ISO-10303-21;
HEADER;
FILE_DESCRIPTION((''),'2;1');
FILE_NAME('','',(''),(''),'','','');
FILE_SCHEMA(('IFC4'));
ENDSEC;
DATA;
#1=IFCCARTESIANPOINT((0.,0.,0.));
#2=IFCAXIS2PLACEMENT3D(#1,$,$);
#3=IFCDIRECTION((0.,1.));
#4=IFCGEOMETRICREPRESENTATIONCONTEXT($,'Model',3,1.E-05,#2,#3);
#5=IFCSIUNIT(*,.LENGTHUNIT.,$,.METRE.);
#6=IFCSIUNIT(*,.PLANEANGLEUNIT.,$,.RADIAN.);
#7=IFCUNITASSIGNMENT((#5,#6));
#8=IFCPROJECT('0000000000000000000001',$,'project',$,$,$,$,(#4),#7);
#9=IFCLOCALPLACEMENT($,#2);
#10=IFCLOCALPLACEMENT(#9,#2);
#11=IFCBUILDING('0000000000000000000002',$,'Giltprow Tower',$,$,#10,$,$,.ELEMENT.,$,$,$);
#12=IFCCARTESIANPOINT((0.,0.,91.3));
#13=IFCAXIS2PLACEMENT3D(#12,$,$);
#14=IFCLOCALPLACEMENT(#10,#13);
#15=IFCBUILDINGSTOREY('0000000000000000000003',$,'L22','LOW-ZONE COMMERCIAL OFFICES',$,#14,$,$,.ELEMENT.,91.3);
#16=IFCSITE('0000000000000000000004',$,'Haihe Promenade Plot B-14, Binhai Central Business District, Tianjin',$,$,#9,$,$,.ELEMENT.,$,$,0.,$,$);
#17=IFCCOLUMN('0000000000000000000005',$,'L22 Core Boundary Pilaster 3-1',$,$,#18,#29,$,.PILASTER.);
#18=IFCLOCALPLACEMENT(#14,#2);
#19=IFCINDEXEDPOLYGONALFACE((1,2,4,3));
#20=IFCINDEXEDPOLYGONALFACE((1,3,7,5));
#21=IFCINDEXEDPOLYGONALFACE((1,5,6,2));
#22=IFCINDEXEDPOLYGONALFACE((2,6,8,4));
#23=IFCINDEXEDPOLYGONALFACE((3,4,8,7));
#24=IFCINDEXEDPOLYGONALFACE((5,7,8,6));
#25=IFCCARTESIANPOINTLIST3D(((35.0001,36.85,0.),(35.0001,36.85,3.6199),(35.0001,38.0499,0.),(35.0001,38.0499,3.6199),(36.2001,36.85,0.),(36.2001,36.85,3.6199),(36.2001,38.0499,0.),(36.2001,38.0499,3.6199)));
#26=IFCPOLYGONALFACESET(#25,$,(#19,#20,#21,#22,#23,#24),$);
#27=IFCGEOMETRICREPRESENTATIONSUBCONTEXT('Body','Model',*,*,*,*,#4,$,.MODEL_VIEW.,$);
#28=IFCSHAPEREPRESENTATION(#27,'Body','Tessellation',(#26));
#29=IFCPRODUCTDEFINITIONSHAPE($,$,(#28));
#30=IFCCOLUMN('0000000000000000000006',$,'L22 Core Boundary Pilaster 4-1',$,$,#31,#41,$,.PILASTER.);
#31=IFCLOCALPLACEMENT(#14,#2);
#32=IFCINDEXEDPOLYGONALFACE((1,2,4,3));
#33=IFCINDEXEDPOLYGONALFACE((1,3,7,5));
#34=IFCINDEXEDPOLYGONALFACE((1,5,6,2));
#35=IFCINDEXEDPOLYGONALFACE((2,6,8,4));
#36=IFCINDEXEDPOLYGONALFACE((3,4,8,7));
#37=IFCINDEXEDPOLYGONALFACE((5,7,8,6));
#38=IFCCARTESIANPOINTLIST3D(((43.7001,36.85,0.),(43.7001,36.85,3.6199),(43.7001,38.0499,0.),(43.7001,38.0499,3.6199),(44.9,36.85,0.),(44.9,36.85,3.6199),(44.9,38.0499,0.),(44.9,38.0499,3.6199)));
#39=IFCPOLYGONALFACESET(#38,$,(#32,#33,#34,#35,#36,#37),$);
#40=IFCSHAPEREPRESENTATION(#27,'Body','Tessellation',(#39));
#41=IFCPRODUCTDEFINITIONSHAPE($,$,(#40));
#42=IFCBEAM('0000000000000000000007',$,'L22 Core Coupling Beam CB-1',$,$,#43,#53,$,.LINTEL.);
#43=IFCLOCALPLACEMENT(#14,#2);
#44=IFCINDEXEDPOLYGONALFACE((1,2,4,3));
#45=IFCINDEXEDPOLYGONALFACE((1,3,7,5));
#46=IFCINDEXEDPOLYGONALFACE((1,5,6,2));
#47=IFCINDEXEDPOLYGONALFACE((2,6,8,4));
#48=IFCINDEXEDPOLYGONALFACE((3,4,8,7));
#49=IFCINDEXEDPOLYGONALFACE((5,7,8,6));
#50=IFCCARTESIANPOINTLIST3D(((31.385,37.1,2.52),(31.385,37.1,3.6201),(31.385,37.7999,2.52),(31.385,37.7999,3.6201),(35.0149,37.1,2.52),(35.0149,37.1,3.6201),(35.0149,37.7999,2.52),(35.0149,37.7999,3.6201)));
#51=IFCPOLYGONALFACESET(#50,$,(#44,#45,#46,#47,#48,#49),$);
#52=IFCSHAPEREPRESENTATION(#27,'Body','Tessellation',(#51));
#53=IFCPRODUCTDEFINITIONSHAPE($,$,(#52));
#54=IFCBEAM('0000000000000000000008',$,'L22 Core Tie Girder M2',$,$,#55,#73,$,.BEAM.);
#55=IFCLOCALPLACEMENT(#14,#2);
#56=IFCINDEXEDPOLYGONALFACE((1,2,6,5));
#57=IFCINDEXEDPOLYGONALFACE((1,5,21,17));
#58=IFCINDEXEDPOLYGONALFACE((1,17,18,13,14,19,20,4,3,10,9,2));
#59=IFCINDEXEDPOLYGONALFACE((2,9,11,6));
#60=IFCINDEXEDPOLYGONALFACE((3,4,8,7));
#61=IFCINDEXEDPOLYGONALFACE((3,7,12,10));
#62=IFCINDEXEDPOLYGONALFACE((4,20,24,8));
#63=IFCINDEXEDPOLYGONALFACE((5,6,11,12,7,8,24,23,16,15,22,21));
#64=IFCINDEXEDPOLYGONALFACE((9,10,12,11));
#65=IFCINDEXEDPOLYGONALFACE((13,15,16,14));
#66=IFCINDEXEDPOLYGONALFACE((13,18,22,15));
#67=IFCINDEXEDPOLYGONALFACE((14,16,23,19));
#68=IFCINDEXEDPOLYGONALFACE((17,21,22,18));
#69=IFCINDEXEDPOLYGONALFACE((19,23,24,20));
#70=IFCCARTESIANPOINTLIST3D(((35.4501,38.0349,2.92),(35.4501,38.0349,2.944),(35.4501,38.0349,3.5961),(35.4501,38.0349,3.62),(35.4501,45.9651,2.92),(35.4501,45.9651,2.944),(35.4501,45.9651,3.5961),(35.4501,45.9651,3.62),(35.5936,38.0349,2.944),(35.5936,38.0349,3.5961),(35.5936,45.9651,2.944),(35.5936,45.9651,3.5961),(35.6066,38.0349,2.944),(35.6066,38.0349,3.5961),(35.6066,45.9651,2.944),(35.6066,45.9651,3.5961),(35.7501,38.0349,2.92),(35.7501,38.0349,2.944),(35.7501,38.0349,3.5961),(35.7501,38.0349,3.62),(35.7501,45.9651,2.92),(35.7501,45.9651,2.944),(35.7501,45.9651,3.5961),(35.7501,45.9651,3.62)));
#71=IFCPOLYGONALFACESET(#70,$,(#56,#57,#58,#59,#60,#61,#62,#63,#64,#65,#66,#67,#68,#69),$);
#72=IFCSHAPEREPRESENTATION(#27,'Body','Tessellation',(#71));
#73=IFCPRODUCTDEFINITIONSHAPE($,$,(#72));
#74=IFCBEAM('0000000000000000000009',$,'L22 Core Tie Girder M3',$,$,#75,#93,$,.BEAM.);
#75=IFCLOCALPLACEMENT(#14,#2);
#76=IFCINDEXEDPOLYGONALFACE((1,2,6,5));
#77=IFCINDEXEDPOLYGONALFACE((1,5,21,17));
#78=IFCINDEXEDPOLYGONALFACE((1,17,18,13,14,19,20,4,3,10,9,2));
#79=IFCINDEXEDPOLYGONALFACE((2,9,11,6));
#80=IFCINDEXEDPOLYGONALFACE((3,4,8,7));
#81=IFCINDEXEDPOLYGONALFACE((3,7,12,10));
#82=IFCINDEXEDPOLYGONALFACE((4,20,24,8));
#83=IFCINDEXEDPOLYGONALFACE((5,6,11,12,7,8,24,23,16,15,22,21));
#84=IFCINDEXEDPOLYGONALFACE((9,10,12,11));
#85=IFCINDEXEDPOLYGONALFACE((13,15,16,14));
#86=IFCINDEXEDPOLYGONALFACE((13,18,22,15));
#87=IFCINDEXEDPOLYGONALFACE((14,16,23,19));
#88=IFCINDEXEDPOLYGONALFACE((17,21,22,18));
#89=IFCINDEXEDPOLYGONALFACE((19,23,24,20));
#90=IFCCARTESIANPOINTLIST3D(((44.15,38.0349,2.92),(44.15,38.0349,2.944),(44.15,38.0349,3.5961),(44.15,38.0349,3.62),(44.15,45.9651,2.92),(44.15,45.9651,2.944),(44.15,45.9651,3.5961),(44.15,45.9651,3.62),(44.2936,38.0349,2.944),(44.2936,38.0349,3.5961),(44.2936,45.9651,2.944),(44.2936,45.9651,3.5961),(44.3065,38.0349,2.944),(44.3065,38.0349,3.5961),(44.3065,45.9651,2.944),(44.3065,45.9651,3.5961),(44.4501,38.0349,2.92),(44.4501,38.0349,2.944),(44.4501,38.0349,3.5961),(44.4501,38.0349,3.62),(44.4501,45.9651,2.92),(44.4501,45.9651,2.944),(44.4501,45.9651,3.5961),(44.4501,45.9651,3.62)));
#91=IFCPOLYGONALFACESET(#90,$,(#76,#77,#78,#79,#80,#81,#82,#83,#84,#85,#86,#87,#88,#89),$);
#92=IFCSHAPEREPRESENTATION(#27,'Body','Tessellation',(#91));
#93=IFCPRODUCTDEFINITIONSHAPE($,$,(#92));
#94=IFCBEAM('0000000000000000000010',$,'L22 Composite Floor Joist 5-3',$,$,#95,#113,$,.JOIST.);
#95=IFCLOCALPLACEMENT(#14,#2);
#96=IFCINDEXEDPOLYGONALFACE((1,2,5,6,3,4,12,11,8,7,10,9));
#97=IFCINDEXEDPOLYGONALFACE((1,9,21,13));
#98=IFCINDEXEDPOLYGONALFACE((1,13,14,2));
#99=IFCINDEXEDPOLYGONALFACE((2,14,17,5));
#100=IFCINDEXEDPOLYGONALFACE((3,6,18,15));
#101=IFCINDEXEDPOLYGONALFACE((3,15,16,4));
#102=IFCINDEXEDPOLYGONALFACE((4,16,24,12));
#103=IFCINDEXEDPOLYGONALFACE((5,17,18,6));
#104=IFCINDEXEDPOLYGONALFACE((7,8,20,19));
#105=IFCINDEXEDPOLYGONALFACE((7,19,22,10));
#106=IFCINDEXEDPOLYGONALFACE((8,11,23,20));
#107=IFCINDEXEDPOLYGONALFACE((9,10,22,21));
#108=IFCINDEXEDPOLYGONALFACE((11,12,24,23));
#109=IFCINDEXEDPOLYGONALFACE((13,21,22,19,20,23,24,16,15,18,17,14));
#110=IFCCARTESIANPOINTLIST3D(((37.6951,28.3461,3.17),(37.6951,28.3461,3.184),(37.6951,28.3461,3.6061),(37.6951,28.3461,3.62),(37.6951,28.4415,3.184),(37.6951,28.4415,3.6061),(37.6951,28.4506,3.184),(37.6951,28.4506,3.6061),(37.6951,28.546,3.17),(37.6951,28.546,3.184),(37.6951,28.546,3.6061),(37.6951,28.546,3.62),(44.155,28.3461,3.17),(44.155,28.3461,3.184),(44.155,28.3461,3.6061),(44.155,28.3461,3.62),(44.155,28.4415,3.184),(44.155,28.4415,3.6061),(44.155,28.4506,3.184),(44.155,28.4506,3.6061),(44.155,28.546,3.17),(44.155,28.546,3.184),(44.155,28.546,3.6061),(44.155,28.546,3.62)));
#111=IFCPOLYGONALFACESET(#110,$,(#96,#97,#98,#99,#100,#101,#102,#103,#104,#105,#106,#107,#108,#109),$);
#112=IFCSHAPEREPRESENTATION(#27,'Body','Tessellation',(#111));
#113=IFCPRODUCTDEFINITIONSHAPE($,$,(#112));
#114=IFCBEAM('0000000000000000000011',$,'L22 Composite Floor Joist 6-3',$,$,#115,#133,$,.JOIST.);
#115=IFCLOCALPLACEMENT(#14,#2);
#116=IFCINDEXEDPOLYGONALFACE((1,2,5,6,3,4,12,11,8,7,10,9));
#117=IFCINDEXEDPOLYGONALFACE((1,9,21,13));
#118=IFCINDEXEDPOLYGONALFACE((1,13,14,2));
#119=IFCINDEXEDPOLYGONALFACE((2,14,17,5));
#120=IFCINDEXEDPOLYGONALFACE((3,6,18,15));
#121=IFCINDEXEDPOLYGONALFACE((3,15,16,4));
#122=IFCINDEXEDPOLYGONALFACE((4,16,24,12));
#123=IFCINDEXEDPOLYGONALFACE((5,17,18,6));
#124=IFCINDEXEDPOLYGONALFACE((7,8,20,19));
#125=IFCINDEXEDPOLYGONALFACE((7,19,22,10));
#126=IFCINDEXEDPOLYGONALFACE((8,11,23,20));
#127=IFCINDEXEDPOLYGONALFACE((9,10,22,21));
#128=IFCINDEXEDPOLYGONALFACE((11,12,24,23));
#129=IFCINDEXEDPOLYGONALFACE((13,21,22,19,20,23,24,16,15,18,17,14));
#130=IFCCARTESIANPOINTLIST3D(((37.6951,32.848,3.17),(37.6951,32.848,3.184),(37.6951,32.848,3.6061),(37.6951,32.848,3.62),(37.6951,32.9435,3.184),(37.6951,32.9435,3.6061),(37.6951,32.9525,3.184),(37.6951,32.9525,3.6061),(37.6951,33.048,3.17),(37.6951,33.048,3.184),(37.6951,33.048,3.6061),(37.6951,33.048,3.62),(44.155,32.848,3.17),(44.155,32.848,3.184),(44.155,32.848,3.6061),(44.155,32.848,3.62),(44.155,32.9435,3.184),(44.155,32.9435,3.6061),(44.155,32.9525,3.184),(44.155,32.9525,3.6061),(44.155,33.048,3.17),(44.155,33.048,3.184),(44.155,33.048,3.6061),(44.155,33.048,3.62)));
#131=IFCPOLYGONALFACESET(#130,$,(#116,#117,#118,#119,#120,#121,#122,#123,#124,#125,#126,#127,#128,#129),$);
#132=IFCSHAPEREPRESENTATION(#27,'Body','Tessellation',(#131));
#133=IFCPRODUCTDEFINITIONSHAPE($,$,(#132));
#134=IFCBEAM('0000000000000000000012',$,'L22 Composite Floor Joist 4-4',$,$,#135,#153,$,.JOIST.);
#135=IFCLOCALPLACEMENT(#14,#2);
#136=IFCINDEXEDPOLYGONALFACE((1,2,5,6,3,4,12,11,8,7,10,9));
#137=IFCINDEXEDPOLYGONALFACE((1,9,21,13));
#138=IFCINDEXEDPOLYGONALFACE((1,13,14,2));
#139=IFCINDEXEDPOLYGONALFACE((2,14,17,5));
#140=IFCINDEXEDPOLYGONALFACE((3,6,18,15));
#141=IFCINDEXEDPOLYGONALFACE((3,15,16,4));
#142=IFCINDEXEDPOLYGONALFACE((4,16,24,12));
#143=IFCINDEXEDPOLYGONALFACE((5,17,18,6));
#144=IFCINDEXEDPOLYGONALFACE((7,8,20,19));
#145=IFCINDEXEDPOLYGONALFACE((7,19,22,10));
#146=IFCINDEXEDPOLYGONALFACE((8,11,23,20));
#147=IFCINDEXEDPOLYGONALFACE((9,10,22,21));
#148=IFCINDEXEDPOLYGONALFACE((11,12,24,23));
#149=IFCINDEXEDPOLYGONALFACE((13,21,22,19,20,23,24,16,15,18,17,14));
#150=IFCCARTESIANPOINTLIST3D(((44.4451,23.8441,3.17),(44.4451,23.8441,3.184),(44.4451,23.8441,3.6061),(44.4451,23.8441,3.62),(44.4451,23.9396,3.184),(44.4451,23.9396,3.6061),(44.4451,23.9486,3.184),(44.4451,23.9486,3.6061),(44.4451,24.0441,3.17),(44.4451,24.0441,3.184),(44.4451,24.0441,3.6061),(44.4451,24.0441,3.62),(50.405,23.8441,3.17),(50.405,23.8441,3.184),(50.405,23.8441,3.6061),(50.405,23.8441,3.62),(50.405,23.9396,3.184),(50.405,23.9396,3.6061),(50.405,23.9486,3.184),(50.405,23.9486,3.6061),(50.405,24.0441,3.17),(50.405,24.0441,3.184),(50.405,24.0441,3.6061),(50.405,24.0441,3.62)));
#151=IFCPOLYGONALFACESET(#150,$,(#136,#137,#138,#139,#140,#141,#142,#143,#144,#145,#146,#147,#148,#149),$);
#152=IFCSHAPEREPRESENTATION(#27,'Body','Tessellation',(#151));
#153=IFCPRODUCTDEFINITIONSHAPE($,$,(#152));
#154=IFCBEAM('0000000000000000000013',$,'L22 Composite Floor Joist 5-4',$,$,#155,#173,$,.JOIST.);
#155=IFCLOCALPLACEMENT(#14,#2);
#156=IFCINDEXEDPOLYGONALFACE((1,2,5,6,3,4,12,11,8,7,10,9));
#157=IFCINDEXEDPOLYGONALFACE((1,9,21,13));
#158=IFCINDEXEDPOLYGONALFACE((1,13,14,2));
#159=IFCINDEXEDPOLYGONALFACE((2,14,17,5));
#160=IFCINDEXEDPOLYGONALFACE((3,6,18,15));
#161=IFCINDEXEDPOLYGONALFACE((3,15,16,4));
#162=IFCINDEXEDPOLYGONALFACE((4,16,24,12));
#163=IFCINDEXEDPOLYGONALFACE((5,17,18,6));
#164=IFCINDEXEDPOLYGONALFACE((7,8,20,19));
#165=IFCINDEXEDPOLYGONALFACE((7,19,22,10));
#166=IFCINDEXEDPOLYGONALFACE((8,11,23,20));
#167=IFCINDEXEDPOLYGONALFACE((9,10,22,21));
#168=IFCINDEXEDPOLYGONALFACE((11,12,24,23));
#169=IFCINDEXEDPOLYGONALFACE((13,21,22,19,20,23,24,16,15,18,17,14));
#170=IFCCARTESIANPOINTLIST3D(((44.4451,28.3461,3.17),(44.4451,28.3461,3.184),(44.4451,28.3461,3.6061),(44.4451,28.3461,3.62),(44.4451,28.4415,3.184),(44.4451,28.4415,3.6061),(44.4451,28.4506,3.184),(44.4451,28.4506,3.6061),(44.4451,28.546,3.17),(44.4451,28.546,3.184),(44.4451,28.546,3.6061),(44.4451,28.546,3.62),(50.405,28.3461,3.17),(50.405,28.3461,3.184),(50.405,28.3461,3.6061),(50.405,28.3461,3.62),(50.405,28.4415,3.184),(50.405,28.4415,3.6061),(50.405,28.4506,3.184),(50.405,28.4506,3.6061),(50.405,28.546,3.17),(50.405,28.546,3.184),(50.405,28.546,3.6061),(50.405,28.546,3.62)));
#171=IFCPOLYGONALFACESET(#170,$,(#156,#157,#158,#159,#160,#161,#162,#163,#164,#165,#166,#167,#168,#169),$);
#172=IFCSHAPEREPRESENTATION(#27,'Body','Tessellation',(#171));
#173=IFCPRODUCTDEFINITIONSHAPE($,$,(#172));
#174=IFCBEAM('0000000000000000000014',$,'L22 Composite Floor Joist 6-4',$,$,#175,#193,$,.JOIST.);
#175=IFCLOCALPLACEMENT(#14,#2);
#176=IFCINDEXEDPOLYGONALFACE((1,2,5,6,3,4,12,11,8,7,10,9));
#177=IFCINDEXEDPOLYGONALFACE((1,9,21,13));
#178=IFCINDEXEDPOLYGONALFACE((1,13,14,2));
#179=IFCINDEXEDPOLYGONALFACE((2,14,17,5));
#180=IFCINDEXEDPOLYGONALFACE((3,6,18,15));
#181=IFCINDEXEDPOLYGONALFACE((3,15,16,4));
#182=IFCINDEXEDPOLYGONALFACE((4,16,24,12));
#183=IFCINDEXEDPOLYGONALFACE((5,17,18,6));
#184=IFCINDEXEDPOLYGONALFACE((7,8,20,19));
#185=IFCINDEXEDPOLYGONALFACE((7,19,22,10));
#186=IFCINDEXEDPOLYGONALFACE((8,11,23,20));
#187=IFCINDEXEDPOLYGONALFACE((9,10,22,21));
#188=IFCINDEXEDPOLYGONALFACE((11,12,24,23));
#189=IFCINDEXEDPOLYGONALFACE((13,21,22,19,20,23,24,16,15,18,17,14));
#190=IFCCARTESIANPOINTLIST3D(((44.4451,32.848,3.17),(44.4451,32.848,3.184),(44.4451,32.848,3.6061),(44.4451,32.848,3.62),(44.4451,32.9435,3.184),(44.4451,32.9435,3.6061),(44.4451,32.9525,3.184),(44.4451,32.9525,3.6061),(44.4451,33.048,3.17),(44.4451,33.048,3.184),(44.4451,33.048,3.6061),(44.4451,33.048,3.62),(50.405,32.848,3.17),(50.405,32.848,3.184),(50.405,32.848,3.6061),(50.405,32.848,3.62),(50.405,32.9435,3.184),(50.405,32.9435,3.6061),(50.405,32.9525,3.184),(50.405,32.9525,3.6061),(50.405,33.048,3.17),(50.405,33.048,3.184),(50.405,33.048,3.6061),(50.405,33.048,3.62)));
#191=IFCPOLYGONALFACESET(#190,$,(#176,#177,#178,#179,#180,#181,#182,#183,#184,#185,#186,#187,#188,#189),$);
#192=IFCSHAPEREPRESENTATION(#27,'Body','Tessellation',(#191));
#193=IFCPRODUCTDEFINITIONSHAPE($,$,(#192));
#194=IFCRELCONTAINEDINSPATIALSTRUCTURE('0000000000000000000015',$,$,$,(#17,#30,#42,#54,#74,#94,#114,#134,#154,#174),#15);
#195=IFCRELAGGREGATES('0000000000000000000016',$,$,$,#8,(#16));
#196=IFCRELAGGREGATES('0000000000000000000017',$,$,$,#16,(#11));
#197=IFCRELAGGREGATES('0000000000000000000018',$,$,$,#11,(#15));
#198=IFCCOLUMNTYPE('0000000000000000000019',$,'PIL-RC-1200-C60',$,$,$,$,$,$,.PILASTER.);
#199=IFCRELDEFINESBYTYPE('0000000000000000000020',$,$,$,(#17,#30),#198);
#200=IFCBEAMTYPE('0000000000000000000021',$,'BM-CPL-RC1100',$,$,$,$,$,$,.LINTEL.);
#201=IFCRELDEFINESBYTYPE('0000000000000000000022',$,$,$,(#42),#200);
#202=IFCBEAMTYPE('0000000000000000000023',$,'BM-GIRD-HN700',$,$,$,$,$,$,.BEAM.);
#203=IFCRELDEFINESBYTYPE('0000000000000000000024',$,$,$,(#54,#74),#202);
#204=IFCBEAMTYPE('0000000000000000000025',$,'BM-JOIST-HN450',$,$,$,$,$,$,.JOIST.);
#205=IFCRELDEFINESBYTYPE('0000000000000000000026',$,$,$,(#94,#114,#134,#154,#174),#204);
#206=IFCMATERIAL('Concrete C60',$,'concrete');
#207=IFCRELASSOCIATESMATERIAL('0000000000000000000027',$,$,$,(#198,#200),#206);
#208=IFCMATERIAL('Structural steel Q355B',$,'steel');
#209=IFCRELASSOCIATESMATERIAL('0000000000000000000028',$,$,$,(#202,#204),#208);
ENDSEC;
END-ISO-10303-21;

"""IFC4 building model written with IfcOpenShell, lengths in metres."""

from ifc_helpers import new_model, si_unit, direction, frame, origin, origin_2d, place, context, subcontext, project, spatial, rectangle, i_section, extrude, source, transform, mapped, material, material_profile, profile_set, type_object, element, save


model = new_model("IFC4")

# Units and contexts
model_context = context("Model", 3, precision=1e-05, world=origin(), true_north=direction((0.0, 1.0)))
body_context = subcontext(model_context, "Body", "Model", "MODEL_VIEW")
ifc_project = project(units=[si_unit("LENGTHUNIT", "METRE"), si_unit("PLANEANGLEUNIT", "RADIAN")], contexts=[model_context])

# Site, building, storey
site_placement = place(None, origin())
site = spatial("IfcSite", under=ifc_project, at=site_placement, Name="Haihe Promenade Plot B-14, Binhai Central Business District, Tianjin", CompositionType="ELEMENT", RefElevation=0.0)
building_placement = place(site_placement, origin())
building = spatial("IfcBuilding", under=site, at=building_placement, Name="Giltprow Tower", CompositionType="ELEMENT")
storey_placement = place(building_placement, frame((0.0, 0.0, 91.3)))
storey = spatial("IfcBuildingStorey", under=building, at=storey_placement, Name="L22", Description="LOW-ZONE COMMERCIAL OFFICES", CompositionType="ELEMENT", Elevation=91.3)

# Columns
ifc_material_1 = material(Name="Concrete C60", Category="concrete")
ifc_material_profile_1 = material_profile(ifc_material_1, rectangle(XDim=1.2, YDim=1.2, at=origin_2d()), Name="RC 1200x1200")
ifc_profile_set_1 = profile_set([ifc_material_profile_1], Name="Concrete C60")
column_type = type_object("IfcColumnType", Name="PIL-RC-1200-C60", PredefinedType="PILASTER", material=ifc_profile_set_1)
shared_shape_1 = source(origin(), body_context, "Body", "SweptSolid", [
    extrude(rectangle(XDim=1.2, YDim=1.2, at=origin_2d()), origin(), (0.0, 0.0, 1.0), 3.6199),
])
for number, where, z_axis, x_axis, name in (
    (1, (35.6001, 37.45, 0.0), (0.0, 0.0, 1.0), (1.0, 0.0, 0.0), "L22 Core Boundary Pilaster 3-1"),
    (2, (44.3, 37.45, 0.0), (0.0, 0.0, 1.0), (1.0, 0.0, 0.0), "L22 Core Boundary Pilaster 4-1"),
):
    element("IfcColumn", number, at=place(storey_placement, frame(where, z_axis=z_axis, x_axis=x_axis)), inside=storey, type_object=column_type, Name=name, PredefinedType="PILASTER", context=body_context, shape_type="MappedRepresentation", body=[
        mapped(shared_shape_1, transform((0.0, 0.0, 0.0), x_axis=(1.0, 0.0, 0.0), y_axis=(0.0, 1.0, 0.0), z_axis=(0.0, 0.0, 1.0), scale=1.0)),
    ])

# Beams
ifc_material_profile_2 = material_profile(ifc_material_1, rectangle(XDim=0.7, YDim=1.1001, at=origin_2d()), Name="RC 1100x700")
ifc_profile_set_2 = profile_set([ifc_material_profile_2], Name="Concrete C60")
beam_type_1 = type_object("IfcBeamType", Name="BM-CPL-RC1100", PredefinedType="LINTEL", material=ifc_profile_set_2)
shared_shape_2 = source(origin(), body_context, "Body", "SweptSolid", [
    extrude(rectangle(XDim=0.7, YDim=1.1001, at=origin_2d()), origin(), (0.0, 0.0, 1.0), 3.6299),
])
beam_placement = place(storey_placement, frame((31.385, 37.45, 3.0701), z_axis=(1.0, 0.0, 0.0), x_axis=(0.0, 1.0, 0.0)))
element("IfcBeam", 3, at=beam_placement, inside=storey, type_object=beam_type_1, Name="L22 Core Coupling Beam CB-1", PredefinedType="LINTEL", context=body_context, shape_type="MappedRepresentation", body=[
    mapped(shared_shape_2, transform((0.0, 0.0, 0.0), x_axis=(1.0, 0.0, 0.0), y_axis=(0.0, 1.0, 0.0), z_axis=(0.0, 0.0, 1.0), scale=1.0)),
])
ifc_material_2 = material(Name="Structural steel Q355B", Category="steel")
ifc_material_profile_3 = material_profile(ifc_material_2, i_section(OverallWidth=0.3, OverallDepth=0.7, WebThickness=0.0129, FlangeThickness=0.0239, at=origin_2d()), Name="HN 700x300x13x24")
ifc_profile_set_3 = profile_set([ifc_material_profile_3], Name="Structural steel Q355B")
beam_type_2 = type_object("IfcBeamType", Name="BM-GIRD-HN700", PredefinedType="BEAM", material=ifc_profile_set_3)
shared_shape_3 = source(origin(), body_context, "Body", "SweptSolid", [
    extrude(i_section(OverallWidth=0.3, OverallDepth=0.7, WebThickness=0.0129, FlangeThickness=0.0239, at=origin_2d()), origin(), (0.0, 0.0, 1.0), 7.9302),
])
for number, where, z_axis, x_axis, name in (
    (4, (35.6001, 38.0349, 3.27), (0.0, 1.0, 0.0), (-1.0, 0.0, 0.0), "L22 Core Tie Girder M2"),
    (5, (44.3, 38.0349, 3.27), (0.0, 1.0, 0.0), (-1.0, 0.0, 0.0), "L22 Core Tie Girder M3"),
):
    element("IfcBeam", number, at=place(storey_placement, frame(where, z_axis=z_axis, x_axis=x_axis)), inside=storey, type_object=beam_type_2, Name=name, PredefinedType="BEAM", context=body_context, shape_type="MappedRepresentation", body=[
        mapped(shared_shape_3, transform((0.0, 0.0, 0.0), x_axis=(1.0, 0.0, 0.0), y_axis=(0.0, 1.0, 0.0), z_axis=(0.0, 0.0, 1.0), scale=1.0)),
    ])
ifc_material_profile_4 = material_profile(ifc_material_2, i_section(OverallWidth=0.2, OverallDepth=0.45, WebThickness=0.009, FlangeThickness=0.0139, at=origin_2d()), Name="HN 450x200x9x14")
ifc_profile_set_4 = profile_set([ifc_material_profile_4], Name="Structural steel Q355B")
beam_type_3 = type_object("IfcBeamType", Name="BM-JOIST-HN450", PredefinedType="JOIST", material=ifc_profile_set_4)
shared_shape_4 = source(origin(), body_context, "Body", "SweptSolid", [
    extrude(i_section(OverallWidth=0.2, OverallDepth=0.45, WebThickness=0.009, FlangeThickness=0.0139, at=origin_2d()), origin(), (0.0, 0.0, 1.0), 6.46),
])
for number, where, z_axis, x_axis, name in (
    (6, (37.6951, 28.446, 3.395), (1.0, 0.0, 0.0), (0.0, 1.0, 0.0), "L22 Composite Floor Joist 5-3"),
    (7, (37.6951, 32.948, 3.395), (1.0, 0.0, 0.0), (0.0, 1.0, 0.0), "L22 Composite Floor Joist 6-3"),
):
    element("IfcBeam", number, at=place(storey_placement, frame(where, z_axis=z_axis, x_axis=x_axis)), inside=storey, type_object=beam_type_3, Name=name, PredefinedType="JOIST", context=body_context, shape_type="MappedRepresentation", body=[
        mapped(shared_shape_4, transform((0.0, 0.0, 0.0), x_axis=(1.0, 0.0, 0.0), y_axis=(0.0, 1.0, 0.0), z_axis=(0.0, 0.0, 1.0), scale=1.0)),
    ])
shared_shape_5 = source(origin(), body_context, "Body", "SweptSolid", [
    extrude(i_section(OverallWidth=0.2, OverallDepth=0.45, WebThickness=0.009, FlangeThickness=0.0139, at=origin_2d()), origin(), (0.0, 0.0, 1.0), 5.96),
])
for number, where, z_axis, x_axis, name in (
    (8, (44.4451, 23.9441, 3.395), (1.0, 0.0, 0.0), (0.0, 1.0, 0.0), "L22 Composite Floor Joist 4-4"),
    (9, (44.4451, 28.446, 3.395), (1.0, 0.0, 0.0), (0.0, 1.0, 0.0), "L22 Composite Floor Joist 5-4"),
    (10, (44.4451, 32.948, 3.395), (1.0, 0.0, 0.0), (0.0, 1.0, 0.0), "L22 Composite Floor Joist 6-4"),
):
    element("IfcBeam", number, at=place(storey_placement, frame(where, z_axis=z_axis, x_axis=x_axis)), inside=storey, type_object=beam_type_3, Name=name, PredefinedType="JOIST", context=body_context, shape_type="MappedRepresentation", body=[
        mapped(shared_shape_5, transform((0.0, 0.0, 0.0), x_axis=(1.0, 0.0, 0.0), y_axis=(0.0, 1.0, 0.0), z_axis=(0.0, 0.0, 1.0), scale=1.0)),
    ])

save(model, "model.ifc")
